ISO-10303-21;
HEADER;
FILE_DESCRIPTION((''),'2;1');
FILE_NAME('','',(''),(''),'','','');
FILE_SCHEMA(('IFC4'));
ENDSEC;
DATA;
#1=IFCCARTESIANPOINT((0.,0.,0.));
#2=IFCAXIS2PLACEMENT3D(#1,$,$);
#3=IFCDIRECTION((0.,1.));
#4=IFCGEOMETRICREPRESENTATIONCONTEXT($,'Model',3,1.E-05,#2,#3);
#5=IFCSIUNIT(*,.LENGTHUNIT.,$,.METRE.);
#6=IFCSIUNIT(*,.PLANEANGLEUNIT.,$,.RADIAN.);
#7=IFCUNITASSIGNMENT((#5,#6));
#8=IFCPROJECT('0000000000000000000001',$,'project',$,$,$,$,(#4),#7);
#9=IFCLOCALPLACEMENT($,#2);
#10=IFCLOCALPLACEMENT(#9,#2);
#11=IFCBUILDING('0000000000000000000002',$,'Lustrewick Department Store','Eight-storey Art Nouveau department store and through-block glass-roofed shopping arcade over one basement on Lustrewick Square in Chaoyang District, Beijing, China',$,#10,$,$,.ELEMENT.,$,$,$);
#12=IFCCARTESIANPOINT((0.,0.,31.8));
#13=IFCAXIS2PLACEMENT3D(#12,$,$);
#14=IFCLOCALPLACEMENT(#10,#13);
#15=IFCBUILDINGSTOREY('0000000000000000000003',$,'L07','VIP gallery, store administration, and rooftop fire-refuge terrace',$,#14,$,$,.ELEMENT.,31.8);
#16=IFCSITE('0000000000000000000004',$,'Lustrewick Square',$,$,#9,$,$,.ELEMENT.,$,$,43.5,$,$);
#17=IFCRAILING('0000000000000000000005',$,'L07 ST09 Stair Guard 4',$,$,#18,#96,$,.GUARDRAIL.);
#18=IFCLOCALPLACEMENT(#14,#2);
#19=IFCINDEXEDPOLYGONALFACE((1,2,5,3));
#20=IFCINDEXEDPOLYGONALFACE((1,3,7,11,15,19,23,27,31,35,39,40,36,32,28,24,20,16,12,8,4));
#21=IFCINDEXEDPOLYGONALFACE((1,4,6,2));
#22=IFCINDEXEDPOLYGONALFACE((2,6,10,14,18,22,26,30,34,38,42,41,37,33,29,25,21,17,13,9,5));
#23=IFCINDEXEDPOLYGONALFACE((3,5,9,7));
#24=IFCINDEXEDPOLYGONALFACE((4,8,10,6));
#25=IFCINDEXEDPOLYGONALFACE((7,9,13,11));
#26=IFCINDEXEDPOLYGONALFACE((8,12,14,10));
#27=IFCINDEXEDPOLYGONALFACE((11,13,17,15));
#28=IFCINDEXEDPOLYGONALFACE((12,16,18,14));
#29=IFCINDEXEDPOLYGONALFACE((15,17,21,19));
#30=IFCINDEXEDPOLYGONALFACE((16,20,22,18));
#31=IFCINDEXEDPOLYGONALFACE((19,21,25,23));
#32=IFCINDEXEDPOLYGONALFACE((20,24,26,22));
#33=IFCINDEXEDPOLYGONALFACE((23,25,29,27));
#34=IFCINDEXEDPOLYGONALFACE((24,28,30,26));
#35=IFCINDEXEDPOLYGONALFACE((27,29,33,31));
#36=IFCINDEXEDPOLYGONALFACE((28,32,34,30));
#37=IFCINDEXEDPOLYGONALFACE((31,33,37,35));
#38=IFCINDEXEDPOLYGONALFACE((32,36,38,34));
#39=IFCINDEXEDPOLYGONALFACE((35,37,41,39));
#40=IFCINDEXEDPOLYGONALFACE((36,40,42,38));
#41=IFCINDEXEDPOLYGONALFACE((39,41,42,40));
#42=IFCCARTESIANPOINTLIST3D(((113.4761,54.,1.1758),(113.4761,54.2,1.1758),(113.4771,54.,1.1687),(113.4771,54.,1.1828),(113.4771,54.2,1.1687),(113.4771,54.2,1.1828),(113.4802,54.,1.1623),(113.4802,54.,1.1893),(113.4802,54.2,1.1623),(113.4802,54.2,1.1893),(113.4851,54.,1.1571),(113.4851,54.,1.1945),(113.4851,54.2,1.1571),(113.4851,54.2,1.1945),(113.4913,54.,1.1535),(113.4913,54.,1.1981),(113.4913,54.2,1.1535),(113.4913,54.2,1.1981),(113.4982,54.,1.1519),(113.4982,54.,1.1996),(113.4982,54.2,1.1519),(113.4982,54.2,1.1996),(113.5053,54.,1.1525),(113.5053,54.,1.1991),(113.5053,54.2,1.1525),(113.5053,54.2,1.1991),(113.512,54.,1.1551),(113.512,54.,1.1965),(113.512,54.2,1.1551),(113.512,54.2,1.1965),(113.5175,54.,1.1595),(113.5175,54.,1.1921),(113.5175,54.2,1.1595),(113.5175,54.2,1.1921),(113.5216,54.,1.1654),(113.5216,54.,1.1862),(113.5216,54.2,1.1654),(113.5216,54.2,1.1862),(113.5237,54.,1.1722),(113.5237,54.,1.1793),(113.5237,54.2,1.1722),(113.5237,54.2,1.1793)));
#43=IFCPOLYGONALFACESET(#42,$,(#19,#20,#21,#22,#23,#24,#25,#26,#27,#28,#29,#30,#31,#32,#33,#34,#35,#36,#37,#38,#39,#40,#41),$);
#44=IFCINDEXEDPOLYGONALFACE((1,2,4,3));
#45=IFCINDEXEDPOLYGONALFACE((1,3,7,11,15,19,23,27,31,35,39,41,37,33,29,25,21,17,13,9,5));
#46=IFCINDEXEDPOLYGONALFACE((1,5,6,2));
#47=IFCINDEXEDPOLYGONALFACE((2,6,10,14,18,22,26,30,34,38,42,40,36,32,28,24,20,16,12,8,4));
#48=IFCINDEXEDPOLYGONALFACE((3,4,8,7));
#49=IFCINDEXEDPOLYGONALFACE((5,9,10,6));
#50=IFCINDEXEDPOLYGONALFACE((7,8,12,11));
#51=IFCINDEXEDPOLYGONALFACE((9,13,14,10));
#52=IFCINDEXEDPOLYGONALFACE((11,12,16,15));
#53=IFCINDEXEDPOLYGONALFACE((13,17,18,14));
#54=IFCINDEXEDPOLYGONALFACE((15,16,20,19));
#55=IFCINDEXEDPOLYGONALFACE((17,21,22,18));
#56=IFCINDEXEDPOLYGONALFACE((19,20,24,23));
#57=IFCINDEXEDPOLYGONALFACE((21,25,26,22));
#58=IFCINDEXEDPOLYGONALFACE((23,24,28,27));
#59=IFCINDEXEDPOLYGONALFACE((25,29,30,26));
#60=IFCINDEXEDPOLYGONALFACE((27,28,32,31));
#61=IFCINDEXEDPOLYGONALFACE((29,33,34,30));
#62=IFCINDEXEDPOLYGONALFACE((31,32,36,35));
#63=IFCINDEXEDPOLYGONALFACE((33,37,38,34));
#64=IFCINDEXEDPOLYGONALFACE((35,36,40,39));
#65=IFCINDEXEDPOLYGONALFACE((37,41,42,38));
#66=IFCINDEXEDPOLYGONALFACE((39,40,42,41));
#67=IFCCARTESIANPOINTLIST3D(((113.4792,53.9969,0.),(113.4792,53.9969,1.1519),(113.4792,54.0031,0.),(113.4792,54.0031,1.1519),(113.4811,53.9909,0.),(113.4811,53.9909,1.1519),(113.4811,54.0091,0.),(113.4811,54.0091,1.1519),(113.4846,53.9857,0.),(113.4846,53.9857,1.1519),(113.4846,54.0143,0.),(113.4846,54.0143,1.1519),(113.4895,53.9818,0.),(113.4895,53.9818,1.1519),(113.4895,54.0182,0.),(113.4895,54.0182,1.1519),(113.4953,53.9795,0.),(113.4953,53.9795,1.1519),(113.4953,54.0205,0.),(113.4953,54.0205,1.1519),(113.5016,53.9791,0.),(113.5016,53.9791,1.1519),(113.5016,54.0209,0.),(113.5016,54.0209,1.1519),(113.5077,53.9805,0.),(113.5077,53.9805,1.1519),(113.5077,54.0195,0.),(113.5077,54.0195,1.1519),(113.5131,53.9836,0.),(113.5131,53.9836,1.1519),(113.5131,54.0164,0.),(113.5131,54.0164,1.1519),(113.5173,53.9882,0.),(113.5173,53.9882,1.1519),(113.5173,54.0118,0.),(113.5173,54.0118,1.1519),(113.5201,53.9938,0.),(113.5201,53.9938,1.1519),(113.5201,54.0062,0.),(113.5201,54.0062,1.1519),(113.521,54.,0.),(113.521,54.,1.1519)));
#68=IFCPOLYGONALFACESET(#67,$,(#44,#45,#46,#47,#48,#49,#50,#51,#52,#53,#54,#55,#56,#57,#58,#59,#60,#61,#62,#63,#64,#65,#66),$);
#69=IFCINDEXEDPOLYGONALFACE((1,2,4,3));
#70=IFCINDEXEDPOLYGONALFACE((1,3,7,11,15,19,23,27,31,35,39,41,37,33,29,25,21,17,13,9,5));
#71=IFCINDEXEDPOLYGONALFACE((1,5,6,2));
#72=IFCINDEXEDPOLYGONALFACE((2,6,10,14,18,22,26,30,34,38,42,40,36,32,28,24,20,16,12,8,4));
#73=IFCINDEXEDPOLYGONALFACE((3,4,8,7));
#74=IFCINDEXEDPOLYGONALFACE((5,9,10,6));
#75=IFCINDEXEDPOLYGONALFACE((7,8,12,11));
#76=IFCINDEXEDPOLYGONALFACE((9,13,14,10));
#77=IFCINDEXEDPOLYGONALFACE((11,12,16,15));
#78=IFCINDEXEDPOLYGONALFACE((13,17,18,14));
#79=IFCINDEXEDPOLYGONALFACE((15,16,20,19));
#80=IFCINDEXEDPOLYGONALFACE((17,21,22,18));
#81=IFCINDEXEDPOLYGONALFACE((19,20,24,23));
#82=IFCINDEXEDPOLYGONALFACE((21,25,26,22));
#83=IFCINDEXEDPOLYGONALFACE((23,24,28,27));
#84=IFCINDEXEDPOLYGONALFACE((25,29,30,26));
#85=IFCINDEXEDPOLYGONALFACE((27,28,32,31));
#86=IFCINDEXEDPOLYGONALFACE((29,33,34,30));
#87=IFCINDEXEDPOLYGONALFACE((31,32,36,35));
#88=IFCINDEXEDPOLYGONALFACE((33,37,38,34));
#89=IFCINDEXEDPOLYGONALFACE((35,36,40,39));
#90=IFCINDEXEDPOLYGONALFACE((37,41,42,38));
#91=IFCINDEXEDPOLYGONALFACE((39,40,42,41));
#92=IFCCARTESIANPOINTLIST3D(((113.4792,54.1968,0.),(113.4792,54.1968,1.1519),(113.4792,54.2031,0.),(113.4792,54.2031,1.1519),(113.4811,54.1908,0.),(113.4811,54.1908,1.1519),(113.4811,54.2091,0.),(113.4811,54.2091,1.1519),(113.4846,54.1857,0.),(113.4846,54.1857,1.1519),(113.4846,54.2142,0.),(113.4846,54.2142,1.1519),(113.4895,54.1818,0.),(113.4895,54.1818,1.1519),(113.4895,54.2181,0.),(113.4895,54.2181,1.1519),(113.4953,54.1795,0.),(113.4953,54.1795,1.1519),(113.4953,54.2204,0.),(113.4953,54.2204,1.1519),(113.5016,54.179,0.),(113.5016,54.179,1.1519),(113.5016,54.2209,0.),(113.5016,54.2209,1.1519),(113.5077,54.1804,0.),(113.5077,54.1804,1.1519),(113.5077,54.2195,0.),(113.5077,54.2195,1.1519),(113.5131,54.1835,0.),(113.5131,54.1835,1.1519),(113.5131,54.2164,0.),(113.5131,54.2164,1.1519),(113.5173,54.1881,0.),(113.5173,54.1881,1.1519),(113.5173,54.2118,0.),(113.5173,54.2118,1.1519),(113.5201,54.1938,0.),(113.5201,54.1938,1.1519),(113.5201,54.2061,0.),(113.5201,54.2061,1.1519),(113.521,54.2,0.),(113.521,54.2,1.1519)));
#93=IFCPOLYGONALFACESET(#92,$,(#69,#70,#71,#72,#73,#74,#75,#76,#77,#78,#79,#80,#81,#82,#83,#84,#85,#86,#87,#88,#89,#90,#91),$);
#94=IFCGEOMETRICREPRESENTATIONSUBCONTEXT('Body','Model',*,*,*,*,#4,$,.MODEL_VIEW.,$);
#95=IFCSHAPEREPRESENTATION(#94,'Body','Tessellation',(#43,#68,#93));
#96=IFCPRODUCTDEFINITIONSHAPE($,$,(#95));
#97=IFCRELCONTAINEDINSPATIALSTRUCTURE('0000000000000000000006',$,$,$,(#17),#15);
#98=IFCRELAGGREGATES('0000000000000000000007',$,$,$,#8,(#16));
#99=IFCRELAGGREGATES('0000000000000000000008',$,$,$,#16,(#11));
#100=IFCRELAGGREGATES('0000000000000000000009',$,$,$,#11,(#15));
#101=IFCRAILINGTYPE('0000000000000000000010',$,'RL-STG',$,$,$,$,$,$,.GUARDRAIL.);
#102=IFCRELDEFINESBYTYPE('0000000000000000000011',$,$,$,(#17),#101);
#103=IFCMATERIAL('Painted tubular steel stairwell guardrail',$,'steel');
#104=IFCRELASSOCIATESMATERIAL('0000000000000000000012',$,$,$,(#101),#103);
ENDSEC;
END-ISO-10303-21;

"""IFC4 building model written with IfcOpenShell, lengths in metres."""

from ifc_helpers import new_model, si_unit, direction, frame, origin, origin_2d, place, context, subcontext, project, spatial, circle, extrude, material, type_object, element, save


model = new_model("IFC4")

# Units and contexts
model_context = context("Model", 3, precision=1e-05, world=origin(), true_north=direction((0.0, 1.0)))
body_context = subcontext(model_context, "Body", "Model", "MODEL_VIEW")
ifc_project = project(units=[si_unit("LENGTHUNIT", "METRE"), si_unit("PLANEANGLEUNIT", "RADIAN")], contexts=[model_context])

# Site, building, storey
site_placement = place(None, origin())
site = spatial("IfcSite", under=ifc_project, at=site_placement, Name="Lustrewick Square", CompositionType="ELEMENT", RefElevation=43.5)
building_placement = place(site_placement, origin())
building = spatial("IfcBuilding", under=site, at=building_placement, Name="Lustrewick Department Store", Description="Eight-storey Art Nouveau department store and through-block glass-roofed shopping arcade over one basement on Lustrewick Square in Chaoyang District, Beijing, China", CompositionType="ELEMENT")
storey_placement = place(building_placement, frame((0.0, 0.0, 31.8)))
storey = spatial("IfcBuildingStorey", under=building, at=storey_placement, Name="L07", Description="VIP gallery, store administration, and rooftop fire-refuge terrace", CompositionType="ELEMENT", Elevation=31.8)

# Railing
ifc_material_1 = material(Name="Painted tubular steel stairwell guardrail", Category="steel")
railing_type_1 = type_object("IfcRailingType", Name="RL-STG", PredefinedType="GUARDRAIL", material=ifc_material_1)
railing_1_placement = place(storey_placement, frame((113.5, 54.0, 0.0)))
element("IfcRailing", 1, at=railing_1_placement, inside=storey, type_object=railing_type_1, Name="L07 ST09 Stair Guard 4", PredefinedType="GUARDRAIL", context=body_context, shape_type="SweptSolid", body=[
    extrude(circle(Radius=0.0239, at=origin_2d()), frame((0.0, 0.0, 1.1758), z_axis=(0.0, 1.0, 0.0), x_axis=(-1.0, 0.0, 0.0)), (0.0, 0.0, 1.0), 0.2),
    extrude(circle(Radius=0.021, at=origin_2d()), origin(), (0.0, 0.0, 1.0), 1.1519),
    extrude(circle(Radius=0.021, at=origin_2d()), frame((0.0, 0.2, 0.0)), (0.0, 0.0, 1.0), 1.1519),
])

save(model, "model.ifc")
